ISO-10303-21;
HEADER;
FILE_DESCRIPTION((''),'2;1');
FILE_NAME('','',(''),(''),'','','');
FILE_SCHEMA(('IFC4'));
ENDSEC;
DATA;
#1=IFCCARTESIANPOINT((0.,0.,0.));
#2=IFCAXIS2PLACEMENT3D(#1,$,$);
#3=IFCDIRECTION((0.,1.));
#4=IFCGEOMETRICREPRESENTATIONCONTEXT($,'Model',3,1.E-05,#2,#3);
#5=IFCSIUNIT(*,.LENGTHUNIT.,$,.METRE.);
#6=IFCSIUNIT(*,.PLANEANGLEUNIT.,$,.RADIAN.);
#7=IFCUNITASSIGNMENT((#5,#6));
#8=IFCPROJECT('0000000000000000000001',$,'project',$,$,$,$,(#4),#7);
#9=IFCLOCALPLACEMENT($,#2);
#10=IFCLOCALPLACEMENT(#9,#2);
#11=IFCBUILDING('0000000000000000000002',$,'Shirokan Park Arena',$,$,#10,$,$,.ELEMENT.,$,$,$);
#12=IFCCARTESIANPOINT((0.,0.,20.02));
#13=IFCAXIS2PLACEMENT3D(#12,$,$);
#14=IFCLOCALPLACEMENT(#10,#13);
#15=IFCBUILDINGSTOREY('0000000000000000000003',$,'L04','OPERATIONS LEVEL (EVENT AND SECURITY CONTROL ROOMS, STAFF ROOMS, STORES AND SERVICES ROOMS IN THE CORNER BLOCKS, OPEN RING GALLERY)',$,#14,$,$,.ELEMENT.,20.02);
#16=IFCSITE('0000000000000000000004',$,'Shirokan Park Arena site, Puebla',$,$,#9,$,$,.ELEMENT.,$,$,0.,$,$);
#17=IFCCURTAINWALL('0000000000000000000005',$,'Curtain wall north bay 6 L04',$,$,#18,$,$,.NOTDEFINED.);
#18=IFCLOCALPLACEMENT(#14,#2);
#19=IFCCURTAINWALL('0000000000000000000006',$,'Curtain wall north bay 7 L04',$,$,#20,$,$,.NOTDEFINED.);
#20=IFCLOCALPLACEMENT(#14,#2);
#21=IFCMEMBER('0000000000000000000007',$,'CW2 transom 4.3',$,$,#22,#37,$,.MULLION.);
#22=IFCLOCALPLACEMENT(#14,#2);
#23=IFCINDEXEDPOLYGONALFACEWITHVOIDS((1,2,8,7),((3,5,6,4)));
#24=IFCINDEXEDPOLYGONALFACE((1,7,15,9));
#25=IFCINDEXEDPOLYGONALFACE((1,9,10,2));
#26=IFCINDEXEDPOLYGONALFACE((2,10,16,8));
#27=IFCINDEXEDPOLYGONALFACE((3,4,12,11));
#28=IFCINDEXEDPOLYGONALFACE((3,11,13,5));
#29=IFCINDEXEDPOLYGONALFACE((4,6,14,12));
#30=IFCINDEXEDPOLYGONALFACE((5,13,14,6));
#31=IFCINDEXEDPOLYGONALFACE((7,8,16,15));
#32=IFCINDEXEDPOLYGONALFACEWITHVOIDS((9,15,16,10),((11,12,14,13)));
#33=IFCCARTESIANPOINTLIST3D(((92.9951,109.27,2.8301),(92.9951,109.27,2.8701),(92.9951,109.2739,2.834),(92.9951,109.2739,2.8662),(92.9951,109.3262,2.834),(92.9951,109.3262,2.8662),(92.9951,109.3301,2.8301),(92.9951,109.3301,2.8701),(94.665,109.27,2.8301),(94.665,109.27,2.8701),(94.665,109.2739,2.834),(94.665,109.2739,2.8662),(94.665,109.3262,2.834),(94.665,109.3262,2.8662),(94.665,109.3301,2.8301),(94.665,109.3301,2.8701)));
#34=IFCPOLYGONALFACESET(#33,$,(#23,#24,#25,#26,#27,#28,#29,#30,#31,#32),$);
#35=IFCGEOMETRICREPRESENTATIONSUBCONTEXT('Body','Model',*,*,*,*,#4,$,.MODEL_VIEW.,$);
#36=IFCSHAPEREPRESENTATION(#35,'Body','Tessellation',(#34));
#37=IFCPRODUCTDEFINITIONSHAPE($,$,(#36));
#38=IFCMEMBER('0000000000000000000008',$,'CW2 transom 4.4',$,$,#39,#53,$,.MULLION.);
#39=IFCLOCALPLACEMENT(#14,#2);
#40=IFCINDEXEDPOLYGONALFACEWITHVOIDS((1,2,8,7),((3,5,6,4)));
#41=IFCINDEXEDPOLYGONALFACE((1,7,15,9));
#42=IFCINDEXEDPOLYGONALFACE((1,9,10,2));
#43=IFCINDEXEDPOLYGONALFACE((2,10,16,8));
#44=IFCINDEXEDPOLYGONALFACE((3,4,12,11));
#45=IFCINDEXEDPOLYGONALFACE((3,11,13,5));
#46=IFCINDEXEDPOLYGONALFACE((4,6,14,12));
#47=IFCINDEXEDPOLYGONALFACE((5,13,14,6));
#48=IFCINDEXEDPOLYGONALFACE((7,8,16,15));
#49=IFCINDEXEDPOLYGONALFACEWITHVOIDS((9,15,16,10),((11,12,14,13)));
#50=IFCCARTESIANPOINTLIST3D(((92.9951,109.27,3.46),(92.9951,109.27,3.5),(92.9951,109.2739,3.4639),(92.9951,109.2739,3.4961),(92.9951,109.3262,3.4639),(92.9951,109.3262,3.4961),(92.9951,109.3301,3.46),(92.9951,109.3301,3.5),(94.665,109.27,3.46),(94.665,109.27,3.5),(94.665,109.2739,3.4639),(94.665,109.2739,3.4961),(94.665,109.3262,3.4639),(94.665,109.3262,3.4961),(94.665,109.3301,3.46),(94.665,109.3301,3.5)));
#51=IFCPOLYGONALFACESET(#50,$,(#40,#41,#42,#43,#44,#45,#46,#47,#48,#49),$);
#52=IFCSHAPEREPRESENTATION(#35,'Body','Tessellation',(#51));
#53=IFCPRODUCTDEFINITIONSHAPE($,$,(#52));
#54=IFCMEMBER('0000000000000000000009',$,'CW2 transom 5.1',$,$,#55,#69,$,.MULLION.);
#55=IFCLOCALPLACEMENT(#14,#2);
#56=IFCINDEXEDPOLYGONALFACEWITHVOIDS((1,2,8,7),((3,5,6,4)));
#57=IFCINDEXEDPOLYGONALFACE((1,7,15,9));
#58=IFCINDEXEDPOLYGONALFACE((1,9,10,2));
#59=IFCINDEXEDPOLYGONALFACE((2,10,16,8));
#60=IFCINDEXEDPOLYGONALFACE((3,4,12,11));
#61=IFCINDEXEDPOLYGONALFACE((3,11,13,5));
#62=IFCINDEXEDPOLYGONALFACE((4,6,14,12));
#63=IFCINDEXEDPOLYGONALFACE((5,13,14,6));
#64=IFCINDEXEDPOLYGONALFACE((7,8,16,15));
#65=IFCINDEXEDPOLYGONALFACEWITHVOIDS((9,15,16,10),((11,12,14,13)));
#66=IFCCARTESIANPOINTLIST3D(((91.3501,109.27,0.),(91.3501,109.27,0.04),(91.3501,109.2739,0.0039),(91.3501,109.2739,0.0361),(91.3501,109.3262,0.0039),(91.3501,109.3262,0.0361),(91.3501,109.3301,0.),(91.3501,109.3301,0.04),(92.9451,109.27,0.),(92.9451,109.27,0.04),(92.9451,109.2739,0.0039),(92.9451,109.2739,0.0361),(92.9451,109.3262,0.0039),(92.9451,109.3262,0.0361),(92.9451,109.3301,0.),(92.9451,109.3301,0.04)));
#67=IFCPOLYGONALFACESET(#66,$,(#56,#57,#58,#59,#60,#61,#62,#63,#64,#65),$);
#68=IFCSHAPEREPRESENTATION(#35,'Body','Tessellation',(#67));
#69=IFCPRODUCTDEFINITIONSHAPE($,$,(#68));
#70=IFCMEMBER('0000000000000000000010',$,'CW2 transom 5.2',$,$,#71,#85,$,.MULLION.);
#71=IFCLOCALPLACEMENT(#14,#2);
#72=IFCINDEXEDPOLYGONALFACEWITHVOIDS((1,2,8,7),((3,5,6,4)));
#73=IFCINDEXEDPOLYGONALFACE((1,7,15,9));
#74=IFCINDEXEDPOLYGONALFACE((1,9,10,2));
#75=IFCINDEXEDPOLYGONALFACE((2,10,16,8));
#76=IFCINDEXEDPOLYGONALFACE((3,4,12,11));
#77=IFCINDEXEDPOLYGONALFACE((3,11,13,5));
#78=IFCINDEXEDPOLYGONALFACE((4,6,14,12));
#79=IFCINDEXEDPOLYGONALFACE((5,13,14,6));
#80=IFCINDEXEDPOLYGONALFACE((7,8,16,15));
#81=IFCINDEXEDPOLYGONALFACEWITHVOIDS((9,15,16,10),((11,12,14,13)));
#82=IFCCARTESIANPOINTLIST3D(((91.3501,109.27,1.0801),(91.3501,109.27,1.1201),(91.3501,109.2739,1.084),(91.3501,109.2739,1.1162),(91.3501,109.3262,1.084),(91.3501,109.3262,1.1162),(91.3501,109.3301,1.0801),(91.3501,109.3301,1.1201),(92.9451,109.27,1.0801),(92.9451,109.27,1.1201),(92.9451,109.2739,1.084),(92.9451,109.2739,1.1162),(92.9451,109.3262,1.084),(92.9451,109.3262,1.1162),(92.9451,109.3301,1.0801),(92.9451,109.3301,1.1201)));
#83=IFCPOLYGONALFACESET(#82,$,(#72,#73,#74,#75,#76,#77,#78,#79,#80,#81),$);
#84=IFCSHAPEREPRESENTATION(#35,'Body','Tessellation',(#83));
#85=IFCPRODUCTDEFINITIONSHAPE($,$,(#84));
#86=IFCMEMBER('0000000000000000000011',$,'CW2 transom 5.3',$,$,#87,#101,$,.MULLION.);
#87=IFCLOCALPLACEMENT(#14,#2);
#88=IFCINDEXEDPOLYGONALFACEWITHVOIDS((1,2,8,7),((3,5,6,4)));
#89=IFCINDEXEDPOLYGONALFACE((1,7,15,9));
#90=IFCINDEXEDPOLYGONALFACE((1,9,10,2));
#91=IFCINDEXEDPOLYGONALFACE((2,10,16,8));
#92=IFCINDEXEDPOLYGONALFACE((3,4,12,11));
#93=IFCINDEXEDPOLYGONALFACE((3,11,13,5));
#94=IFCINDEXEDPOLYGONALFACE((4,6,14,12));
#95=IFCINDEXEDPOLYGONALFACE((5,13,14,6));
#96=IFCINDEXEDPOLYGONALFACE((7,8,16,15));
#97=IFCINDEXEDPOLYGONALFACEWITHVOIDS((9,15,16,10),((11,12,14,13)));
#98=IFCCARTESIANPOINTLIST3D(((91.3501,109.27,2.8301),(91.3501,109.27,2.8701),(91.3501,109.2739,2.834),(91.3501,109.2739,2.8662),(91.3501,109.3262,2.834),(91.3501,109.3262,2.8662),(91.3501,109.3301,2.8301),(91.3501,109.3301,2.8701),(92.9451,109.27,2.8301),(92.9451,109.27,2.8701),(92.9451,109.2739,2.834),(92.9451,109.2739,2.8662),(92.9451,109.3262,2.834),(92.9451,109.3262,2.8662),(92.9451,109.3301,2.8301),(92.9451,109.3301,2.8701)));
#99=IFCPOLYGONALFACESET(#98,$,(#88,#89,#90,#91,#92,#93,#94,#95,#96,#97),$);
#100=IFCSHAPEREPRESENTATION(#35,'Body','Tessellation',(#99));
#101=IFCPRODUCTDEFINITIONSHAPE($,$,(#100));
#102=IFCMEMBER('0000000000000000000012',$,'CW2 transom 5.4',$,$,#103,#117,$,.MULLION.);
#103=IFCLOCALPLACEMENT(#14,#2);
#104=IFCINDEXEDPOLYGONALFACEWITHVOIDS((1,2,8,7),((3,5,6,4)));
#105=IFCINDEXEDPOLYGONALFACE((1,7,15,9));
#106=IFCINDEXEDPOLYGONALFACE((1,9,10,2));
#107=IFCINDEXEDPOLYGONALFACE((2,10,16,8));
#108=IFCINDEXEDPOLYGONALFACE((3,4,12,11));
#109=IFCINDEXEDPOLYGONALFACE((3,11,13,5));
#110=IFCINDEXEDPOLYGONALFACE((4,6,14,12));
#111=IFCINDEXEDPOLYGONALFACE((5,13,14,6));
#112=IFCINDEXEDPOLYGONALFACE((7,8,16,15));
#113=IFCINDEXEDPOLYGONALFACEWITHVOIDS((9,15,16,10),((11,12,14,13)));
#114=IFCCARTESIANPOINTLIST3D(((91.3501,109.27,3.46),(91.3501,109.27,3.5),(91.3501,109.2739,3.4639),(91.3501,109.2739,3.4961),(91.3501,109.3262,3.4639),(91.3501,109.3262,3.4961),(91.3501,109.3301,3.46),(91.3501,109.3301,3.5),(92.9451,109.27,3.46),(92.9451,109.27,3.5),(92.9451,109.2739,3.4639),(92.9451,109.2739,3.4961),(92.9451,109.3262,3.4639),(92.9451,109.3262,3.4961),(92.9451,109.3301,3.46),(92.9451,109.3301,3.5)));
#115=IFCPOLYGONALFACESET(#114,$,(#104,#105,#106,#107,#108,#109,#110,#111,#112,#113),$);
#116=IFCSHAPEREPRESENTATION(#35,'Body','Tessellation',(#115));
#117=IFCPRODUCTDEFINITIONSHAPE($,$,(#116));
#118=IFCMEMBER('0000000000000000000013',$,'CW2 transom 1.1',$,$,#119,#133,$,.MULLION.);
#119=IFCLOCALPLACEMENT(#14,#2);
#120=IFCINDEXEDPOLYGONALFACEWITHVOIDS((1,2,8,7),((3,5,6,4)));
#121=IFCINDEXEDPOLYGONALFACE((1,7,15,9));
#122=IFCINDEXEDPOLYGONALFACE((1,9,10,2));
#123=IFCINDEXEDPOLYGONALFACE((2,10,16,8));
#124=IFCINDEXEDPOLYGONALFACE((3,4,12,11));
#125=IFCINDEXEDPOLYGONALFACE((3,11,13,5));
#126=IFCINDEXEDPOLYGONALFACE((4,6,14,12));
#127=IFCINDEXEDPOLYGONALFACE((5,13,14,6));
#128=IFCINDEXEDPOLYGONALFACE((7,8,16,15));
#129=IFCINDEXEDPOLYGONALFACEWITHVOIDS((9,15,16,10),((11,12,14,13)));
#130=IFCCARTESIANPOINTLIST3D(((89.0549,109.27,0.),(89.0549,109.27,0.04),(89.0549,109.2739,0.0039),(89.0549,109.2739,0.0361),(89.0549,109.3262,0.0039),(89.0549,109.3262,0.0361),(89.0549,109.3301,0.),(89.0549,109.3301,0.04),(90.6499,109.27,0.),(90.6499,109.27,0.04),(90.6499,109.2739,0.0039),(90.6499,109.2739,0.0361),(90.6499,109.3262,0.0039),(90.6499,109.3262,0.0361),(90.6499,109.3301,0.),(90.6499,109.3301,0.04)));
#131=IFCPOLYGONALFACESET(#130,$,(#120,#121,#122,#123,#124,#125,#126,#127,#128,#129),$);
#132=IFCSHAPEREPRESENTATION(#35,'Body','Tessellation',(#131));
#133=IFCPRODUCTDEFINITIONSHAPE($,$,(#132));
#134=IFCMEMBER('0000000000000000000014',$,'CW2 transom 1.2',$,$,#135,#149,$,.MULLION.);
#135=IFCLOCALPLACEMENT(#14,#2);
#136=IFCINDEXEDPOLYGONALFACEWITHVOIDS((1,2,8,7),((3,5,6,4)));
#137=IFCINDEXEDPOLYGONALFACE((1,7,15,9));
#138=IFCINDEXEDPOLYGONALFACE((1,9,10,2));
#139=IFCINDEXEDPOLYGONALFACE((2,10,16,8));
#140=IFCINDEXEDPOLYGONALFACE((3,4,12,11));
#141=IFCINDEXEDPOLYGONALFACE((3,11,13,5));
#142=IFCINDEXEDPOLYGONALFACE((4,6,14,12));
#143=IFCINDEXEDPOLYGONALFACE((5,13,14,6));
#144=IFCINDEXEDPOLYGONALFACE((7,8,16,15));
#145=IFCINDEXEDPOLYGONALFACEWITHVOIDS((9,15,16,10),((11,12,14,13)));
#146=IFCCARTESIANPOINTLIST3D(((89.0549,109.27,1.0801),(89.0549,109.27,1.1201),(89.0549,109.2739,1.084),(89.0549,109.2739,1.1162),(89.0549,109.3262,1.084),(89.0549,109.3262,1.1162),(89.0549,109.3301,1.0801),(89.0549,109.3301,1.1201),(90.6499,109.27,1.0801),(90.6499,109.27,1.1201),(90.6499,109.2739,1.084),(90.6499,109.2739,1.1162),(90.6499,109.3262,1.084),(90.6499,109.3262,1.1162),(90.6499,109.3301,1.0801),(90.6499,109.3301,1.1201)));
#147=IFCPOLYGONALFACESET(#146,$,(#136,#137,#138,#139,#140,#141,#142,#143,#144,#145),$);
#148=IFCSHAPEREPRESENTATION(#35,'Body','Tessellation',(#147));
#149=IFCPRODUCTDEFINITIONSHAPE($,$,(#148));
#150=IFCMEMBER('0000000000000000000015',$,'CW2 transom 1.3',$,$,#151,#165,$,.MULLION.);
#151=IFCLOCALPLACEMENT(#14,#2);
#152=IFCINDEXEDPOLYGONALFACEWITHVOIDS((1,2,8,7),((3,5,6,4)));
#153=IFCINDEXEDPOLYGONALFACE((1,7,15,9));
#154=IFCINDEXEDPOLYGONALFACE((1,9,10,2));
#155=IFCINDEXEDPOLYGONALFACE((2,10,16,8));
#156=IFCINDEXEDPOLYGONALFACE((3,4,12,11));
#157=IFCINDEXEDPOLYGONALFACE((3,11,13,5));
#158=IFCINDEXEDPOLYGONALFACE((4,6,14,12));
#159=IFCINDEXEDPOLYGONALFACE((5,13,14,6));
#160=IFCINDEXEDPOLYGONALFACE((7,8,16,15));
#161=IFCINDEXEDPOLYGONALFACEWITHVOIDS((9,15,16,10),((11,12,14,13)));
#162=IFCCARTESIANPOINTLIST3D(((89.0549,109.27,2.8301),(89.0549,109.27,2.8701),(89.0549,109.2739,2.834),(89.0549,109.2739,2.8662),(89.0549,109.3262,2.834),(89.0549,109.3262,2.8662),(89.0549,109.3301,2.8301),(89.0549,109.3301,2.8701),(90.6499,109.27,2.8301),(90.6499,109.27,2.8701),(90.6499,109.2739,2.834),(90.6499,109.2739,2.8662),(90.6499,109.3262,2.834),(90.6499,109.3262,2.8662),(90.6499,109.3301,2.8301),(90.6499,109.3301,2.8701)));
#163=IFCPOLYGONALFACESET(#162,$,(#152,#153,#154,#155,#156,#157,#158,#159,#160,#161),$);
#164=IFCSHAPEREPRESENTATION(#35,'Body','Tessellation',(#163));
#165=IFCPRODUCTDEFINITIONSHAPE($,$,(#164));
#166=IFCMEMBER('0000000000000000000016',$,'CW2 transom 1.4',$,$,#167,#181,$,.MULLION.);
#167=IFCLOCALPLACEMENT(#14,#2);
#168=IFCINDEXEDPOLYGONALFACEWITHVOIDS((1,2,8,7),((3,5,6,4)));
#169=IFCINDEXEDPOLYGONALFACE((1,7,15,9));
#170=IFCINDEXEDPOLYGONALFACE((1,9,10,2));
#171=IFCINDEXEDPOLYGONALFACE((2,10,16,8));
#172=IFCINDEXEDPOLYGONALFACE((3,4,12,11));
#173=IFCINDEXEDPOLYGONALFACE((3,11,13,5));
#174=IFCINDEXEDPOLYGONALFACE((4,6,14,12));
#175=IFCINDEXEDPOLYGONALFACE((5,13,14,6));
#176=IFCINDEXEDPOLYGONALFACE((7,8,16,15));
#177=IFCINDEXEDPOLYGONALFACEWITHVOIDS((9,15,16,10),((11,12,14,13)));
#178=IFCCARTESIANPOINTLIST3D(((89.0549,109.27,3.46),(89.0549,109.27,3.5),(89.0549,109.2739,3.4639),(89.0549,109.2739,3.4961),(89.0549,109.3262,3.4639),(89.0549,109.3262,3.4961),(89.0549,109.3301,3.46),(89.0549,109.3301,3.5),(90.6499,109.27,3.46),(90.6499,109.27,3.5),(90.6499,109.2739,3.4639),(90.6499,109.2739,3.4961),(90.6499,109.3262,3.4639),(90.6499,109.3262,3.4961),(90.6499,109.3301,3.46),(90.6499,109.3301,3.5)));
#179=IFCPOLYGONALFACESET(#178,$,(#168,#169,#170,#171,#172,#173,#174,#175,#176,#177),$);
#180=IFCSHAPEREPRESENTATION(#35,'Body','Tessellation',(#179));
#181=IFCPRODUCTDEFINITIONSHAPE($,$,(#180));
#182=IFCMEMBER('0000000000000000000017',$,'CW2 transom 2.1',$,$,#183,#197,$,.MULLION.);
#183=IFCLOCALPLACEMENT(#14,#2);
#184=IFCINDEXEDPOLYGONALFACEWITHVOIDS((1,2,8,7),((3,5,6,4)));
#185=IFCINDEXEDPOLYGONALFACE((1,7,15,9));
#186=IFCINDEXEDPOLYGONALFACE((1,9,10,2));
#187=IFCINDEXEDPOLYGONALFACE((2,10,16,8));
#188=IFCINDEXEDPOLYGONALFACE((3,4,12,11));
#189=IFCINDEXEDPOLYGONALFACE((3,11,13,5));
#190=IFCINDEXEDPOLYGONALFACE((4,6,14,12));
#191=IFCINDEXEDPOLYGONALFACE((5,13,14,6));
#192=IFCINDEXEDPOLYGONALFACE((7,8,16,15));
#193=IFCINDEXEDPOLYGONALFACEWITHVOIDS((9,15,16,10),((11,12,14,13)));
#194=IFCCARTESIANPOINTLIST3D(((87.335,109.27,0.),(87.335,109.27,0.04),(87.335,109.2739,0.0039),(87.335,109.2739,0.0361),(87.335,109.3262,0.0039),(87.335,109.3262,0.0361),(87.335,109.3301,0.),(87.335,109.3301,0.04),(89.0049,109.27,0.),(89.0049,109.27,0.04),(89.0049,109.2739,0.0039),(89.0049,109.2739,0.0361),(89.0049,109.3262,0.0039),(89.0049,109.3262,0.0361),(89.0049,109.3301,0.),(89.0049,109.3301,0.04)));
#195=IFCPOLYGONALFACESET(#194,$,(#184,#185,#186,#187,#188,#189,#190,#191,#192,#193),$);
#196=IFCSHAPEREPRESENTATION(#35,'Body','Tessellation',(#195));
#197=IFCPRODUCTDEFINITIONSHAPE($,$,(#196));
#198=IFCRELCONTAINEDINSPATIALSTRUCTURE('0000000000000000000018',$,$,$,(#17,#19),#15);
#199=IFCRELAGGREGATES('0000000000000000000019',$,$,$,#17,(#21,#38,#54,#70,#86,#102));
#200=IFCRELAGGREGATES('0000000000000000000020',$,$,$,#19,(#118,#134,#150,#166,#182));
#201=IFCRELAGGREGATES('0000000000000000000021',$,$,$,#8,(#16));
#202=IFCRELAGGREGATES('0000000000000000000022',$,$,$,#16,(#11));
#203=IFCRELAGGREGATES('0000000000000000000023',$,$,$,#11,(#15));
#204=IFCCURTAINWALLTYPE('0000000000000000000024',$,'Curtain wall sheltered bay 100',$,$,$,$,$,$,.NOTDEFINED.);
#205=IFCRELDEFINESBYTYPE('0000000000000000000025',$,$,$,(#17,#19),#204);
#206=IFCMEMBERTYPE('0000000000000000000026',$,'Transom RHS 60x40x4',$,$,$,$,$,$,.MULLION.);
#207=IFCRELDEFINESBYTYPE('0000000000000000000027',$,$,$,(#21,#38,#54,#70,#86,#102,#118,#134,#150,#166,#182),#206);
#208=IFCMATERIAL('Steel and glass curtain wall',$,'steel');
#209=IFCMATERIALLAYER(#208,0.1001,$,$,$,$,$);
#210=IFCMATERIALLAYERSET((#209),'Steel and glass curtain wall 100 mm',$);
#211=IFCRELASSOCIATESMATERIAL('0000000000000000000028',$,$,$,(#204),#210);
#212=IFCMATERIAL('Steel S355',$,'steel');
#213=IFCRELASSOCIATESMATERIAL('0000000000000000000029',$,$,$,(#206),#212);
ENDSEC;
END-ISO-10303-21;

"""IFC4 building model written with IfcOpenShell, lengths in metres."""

from ifc_helpers import new_model, si_unit, direction, frame, origin, origin_2d, place, context, subcontext, project, spatial, hollow_rectangle, extrude, material, layer, layer_set, material_profile, profile_set, type_object, element, aggregate, save


model = new_model("IFC4")

# Units and contexts
model_context = context("Model", 3, precision=1e-05, world=origin(), true_north=direction((0.0, 1.0)))
body_context = subcontext(model_context, "Body", "Model", "MODEL_VIEW")
ifc_project = project(units=[si_unit("LENGTHUNIT", "METRE"), si_unit("PLANEANGLEUNIT", "RADIAN")], contexts=[model_context])

# Site, building, storey
site_placement = place(None, origin())
site = spatial("IfcSite", under=ifc_project, at=site_placement, Name="Shirokan Park Arena site, Puebla", CompositionType="ELEMENT", RefElevation=0.0)
building_placement = place(site_placement, origin())
building = spatial("IfcBuilding", under=site, at=building_placement, Name="Shirokan Park Arena", CompositionType="ELEMENT")
storey_placement = place(building_placement, frame((0.0, 0.0, 20.02)))
storey = spatial("IfcBuildingStorey", under=building, at=storey_placement, Name="L04", Description="OPERATIONS LEVEL (EVENT AND SECURITY CONTROL ROOMS, STAFF ROOMS, STORES AND SERVICES ROOMS IN THE CORNER BLOCKS, OPEN RING GALLERY)", CompositionType="ELEMENT", Elevation=20.02)

# Curtain walls
ifc_material_1 = material(Name="Steel and glass curtain wall", Category="steel")
ifc_layer_1 = layer(ifc_material_1, 0.1001)
ifc_layer_set_1 = layer_set([ifc_layer_1], Name="Steel and glass curtain wall 100 mm")
curtain_wall_type = type_object("IfcCurtainWallType", Name="Curtain wall sheltered bay 100", PredefinedType="NOTDEFINED", material=ifc_layer_set_1)
curtain_wall_1_placement = place(storey_placement, origin())
curtain_wall_1 = element("IfcCurtainWall", 1, at=curtain_wall_1_placement, inside=storey, type_object=curtain_wall_type, Name="Curtain wall north bay 6 L04", PredefinedType="NOTDEFINED")
ifc_material_2 = material(Name="Steel S355", Category="steel")
curtain_wall_2_placement = place(storey_placement, origin())
curtain_wall_2 = element("IfcCurtainWall", 2, at=curtain_wall_2_placement, inside=storey, type_object=curtain_wall_type, Name="Curtain wall north bay 7 L04", PredefinedType="NOTDEFINED")

# Members
ifc_material_profile_1 = material_profile(ifc_material_2, hollow_rectangle(XDim=0.0601, YDim=0.04, WallThickness=0.0039, at=origin_2d()), Name="RHS 60x40x4")
ifc_profile_set_1 = profile_set([ifc_material_profile_1], Name="Steel S355")
member_type_1 = type_object("IfcMemberType", Name="Transom RHS 60x40x4", PredefinedType="MULLION", material=ifc_profile_set_1)
member_1_placement = place(storey_placement, frame((94.665, 109.3, 2.8501), z_axis=(-1.0, 0.0, 0.0), x_axis=(0.0, -1.0, 0.0)))
member_1 = element("IfcMember", 3, at=member_1_placement, type_object=member_type_1, Name="CW2 transom 4.3", PredefinedType="MULLION", context=body_context, shape_type="SweptSolid", body=[
    extrude(hollow_rectangle(XDim=0.0601, YDim=0.04, WallThickness=0.0039, at=origin_2d()), origin(), (0.0, 0.0, 1.0), 1.6699),
])
member_2_placement = place(storey_placement, frame((94.665, 109.3, 3.48), z_axis=(-1.0, 0.0, 0.0), x_axis=(0.0, -1.0, 0.0)))
member_2 = element("IfcMember", 4, at=member_2_placement, type_object=member_type_1, Name="CW2 transom 4.4", PredefinedType="MULLION", context=body_context, shape_type="SweptSolid", body=[
    extrude(hollow_rectangle(XDim=0.0601, YDim=0.04, WallThickness=0.0039, at=origin_2d()), origin(), (0.0, 0.0, 1.0), 1.6699),
])
member_3_placement = place(storey_placement, frame((92.9451, 109.3, 0.02), z_axis=(-1.0, 0.0, 0.0), x_axis=(0.0, -1.0, 0.0)))
member_3 = element("IfcMember", 5, at=member_3_placement, type_object=member_type_1, Name="CW2 transom 5.1", PredefinedType="MULLION", context=body_context, shape_type="SweptSolid", body=[
    extrude(hollow_rectangle(XDim=0.0601, YDim=0.04, WallThickness=0.0039, at=origin_2d()), origin(), (0.0, 0.0, 1.0), 1.595),
])
member_4_placement = place(storey_placement, frame((92.9451, 109.3, 1.1001), z_axis=(-1.0, 0.0, 0.0), x_axis=(0.0, -1.0, 0.0)))
member_4 = element("IfcMember", 6, at=member_4_placement, type_object=member_type_1, Name="CW2 transom 5.2", PredefinedType="MULLION", context=body_context, shape_type="SweptSolid", body=[
    extrude(hollow_rectangle(XDim=0.0601, YDim=0.04, WallThickness=0.0039, at=origin_2d()), origin(), (0.0, 0.0, 1.0), 1.595),
])
member_5_placement = place(storey_placement, frame((92.9451, 109.3, 2.8501), z_axis=(-1.0, 0.0, 0.0), x_axis=(0.0, -1.0, 0.0)))
member_5 = element("IfcMember", 7, at=member_5_placement, type_object=member_type_1, Name="CW2 transom 5.3", PredefinedType="MULLION", context=body_context, shape_type="SweptSolid", body=[
    extrude(hollow_rectangle(XDim=0.0601, YDim=0.04, WallThickness=0.0039, at=origin_2d()), origin(), (0.0, 0.0, 1.0), 1.595),
])
member_6_placement = place(storey_placement, frame((92.9451, 109.3, 3.48), z_axis=(-1.0, 0.0, 0.0), x_axis=(0.0, -1.0, 0.0)))
member_6 = element("IfcMember", 8, at=member_6_placement, type_object=member_type_1, Name="CW2 transom 5.4", PredefinedType="MULLION", context=body_context, shape_type="SweptSolid", body=[
    extrude(hollow_rectangle(XDim=0.0601, YDim=0.04, WallThickness=0.0039, at=origin_2d()), origin(), (0.0, 0.0, 1.0), 1.595),
])
member_7_placement = place(storey_placement, frame((90.6499, 109.3, 0.02), z_axis=(-1.0, 0.0, 0.0), x_axis=(0.0, -1.0, 0.0)))
member_7 = element("IfcMember", 9, at=member_7_placement, type_object=member_type_1, Name="CW2 transom 1.1", PredefinedType="MULLION", context=body_context, shape_type="SweptSolid", body=[
    extrude(hollow_rectangle(XDim=0.0601, YDim=0.04, WallThickness=0.0039, at=origin_2d()), origin(), (0.0, 0.0, 1.0), 1.595),
])
member_8_placement = place(storey_placement, frame((90.6499, 109.3, 1.1001), z_axis=(-1.0, 0.0, 0.0), x_axis=(0.0, -1.0, 0.0)))
member_8 = element("IfcMember", 10, at=member_8_placement, type_object=member_type_1, Name="CW2 transom 1.2", PredefinedType="MULLION", context=body_context, shape_type="SweptSolid", body=[
    extrude(hollow_rectangle(XDim=0.0601, YDim=0.04, WallThickness=0.0039, at=origin_2d()), origin(), (0.0, 0.0, 1.0), 1.595),
])
member_9_placement = place(storey_placement, frame((90.6499, 109.3, 2.8501), z_axis=(-1.0, 0.0, 0.0), x_axis=(0.0, -1.0, 0.0)))
member_9 = element("IfcMember", 11, at=member_9_placement, type_object=member_type_1, Name="CW2 transom 1.3", PredefinedType="MULLION", context=body_context, shape_type="SweptSolid", body=[
    extrude(hollow_rectangle(XDim=0.0601, YDim=0.04, WallThickness=0.0039, at=origin_2d()), origin(), (0.0, 0.0, 1.0), 1.595),
])
member_10_placement = place(storey_placement, frame((90.6499, 109.3, 3.48), z_axis=(-1.0, 0.0, 0.0), x_axis=(0.0, -1.0, 0.0)))
member_10 = element("IfcMember", 12, at=member_10_placement, type_object=member_type_1, Name="CW2 transom 1.4", PredefinedType="MULLION", context=body_context, shape_type="SweptSolid", body=[
    extrude(hollow_rectangle(XDim=0.0601, YDim=0.04, WallThickness=0.0039, at=origin_2d()), origin(), (0.0, 0.0, 1.0), 1.595),
])
member_11_placement = place(storey_placement, frame((89.0049, 109.3, 0.02), z_axis=(-1.0, 0.0, 0.0), x_axis=(0.0, -1.0, 0.0)))
member_11 = element("IfcMember", 13, at=member_11_placement, type_object=member_type_1, Name="CW2 transom 2.1", PredefinedType="MULLION", context=body_context, shape_type="SweptSolid", body=[
    extrude(hollow_rectangle(XDim=0.0601, YDim=0.04, WallThickness=0.0039, at=origin_2d()), origin(), (0.0, 0.0, 1.0), 1.6699),
])

aggregate(curtain_wall_1, [member_1, member_2, member_3, member_4, member_5, member_6])
aggregate(curtain_wall_2, [member_7, member_8, member_9, member_10, member_11])

save(model, "model.ifc")
